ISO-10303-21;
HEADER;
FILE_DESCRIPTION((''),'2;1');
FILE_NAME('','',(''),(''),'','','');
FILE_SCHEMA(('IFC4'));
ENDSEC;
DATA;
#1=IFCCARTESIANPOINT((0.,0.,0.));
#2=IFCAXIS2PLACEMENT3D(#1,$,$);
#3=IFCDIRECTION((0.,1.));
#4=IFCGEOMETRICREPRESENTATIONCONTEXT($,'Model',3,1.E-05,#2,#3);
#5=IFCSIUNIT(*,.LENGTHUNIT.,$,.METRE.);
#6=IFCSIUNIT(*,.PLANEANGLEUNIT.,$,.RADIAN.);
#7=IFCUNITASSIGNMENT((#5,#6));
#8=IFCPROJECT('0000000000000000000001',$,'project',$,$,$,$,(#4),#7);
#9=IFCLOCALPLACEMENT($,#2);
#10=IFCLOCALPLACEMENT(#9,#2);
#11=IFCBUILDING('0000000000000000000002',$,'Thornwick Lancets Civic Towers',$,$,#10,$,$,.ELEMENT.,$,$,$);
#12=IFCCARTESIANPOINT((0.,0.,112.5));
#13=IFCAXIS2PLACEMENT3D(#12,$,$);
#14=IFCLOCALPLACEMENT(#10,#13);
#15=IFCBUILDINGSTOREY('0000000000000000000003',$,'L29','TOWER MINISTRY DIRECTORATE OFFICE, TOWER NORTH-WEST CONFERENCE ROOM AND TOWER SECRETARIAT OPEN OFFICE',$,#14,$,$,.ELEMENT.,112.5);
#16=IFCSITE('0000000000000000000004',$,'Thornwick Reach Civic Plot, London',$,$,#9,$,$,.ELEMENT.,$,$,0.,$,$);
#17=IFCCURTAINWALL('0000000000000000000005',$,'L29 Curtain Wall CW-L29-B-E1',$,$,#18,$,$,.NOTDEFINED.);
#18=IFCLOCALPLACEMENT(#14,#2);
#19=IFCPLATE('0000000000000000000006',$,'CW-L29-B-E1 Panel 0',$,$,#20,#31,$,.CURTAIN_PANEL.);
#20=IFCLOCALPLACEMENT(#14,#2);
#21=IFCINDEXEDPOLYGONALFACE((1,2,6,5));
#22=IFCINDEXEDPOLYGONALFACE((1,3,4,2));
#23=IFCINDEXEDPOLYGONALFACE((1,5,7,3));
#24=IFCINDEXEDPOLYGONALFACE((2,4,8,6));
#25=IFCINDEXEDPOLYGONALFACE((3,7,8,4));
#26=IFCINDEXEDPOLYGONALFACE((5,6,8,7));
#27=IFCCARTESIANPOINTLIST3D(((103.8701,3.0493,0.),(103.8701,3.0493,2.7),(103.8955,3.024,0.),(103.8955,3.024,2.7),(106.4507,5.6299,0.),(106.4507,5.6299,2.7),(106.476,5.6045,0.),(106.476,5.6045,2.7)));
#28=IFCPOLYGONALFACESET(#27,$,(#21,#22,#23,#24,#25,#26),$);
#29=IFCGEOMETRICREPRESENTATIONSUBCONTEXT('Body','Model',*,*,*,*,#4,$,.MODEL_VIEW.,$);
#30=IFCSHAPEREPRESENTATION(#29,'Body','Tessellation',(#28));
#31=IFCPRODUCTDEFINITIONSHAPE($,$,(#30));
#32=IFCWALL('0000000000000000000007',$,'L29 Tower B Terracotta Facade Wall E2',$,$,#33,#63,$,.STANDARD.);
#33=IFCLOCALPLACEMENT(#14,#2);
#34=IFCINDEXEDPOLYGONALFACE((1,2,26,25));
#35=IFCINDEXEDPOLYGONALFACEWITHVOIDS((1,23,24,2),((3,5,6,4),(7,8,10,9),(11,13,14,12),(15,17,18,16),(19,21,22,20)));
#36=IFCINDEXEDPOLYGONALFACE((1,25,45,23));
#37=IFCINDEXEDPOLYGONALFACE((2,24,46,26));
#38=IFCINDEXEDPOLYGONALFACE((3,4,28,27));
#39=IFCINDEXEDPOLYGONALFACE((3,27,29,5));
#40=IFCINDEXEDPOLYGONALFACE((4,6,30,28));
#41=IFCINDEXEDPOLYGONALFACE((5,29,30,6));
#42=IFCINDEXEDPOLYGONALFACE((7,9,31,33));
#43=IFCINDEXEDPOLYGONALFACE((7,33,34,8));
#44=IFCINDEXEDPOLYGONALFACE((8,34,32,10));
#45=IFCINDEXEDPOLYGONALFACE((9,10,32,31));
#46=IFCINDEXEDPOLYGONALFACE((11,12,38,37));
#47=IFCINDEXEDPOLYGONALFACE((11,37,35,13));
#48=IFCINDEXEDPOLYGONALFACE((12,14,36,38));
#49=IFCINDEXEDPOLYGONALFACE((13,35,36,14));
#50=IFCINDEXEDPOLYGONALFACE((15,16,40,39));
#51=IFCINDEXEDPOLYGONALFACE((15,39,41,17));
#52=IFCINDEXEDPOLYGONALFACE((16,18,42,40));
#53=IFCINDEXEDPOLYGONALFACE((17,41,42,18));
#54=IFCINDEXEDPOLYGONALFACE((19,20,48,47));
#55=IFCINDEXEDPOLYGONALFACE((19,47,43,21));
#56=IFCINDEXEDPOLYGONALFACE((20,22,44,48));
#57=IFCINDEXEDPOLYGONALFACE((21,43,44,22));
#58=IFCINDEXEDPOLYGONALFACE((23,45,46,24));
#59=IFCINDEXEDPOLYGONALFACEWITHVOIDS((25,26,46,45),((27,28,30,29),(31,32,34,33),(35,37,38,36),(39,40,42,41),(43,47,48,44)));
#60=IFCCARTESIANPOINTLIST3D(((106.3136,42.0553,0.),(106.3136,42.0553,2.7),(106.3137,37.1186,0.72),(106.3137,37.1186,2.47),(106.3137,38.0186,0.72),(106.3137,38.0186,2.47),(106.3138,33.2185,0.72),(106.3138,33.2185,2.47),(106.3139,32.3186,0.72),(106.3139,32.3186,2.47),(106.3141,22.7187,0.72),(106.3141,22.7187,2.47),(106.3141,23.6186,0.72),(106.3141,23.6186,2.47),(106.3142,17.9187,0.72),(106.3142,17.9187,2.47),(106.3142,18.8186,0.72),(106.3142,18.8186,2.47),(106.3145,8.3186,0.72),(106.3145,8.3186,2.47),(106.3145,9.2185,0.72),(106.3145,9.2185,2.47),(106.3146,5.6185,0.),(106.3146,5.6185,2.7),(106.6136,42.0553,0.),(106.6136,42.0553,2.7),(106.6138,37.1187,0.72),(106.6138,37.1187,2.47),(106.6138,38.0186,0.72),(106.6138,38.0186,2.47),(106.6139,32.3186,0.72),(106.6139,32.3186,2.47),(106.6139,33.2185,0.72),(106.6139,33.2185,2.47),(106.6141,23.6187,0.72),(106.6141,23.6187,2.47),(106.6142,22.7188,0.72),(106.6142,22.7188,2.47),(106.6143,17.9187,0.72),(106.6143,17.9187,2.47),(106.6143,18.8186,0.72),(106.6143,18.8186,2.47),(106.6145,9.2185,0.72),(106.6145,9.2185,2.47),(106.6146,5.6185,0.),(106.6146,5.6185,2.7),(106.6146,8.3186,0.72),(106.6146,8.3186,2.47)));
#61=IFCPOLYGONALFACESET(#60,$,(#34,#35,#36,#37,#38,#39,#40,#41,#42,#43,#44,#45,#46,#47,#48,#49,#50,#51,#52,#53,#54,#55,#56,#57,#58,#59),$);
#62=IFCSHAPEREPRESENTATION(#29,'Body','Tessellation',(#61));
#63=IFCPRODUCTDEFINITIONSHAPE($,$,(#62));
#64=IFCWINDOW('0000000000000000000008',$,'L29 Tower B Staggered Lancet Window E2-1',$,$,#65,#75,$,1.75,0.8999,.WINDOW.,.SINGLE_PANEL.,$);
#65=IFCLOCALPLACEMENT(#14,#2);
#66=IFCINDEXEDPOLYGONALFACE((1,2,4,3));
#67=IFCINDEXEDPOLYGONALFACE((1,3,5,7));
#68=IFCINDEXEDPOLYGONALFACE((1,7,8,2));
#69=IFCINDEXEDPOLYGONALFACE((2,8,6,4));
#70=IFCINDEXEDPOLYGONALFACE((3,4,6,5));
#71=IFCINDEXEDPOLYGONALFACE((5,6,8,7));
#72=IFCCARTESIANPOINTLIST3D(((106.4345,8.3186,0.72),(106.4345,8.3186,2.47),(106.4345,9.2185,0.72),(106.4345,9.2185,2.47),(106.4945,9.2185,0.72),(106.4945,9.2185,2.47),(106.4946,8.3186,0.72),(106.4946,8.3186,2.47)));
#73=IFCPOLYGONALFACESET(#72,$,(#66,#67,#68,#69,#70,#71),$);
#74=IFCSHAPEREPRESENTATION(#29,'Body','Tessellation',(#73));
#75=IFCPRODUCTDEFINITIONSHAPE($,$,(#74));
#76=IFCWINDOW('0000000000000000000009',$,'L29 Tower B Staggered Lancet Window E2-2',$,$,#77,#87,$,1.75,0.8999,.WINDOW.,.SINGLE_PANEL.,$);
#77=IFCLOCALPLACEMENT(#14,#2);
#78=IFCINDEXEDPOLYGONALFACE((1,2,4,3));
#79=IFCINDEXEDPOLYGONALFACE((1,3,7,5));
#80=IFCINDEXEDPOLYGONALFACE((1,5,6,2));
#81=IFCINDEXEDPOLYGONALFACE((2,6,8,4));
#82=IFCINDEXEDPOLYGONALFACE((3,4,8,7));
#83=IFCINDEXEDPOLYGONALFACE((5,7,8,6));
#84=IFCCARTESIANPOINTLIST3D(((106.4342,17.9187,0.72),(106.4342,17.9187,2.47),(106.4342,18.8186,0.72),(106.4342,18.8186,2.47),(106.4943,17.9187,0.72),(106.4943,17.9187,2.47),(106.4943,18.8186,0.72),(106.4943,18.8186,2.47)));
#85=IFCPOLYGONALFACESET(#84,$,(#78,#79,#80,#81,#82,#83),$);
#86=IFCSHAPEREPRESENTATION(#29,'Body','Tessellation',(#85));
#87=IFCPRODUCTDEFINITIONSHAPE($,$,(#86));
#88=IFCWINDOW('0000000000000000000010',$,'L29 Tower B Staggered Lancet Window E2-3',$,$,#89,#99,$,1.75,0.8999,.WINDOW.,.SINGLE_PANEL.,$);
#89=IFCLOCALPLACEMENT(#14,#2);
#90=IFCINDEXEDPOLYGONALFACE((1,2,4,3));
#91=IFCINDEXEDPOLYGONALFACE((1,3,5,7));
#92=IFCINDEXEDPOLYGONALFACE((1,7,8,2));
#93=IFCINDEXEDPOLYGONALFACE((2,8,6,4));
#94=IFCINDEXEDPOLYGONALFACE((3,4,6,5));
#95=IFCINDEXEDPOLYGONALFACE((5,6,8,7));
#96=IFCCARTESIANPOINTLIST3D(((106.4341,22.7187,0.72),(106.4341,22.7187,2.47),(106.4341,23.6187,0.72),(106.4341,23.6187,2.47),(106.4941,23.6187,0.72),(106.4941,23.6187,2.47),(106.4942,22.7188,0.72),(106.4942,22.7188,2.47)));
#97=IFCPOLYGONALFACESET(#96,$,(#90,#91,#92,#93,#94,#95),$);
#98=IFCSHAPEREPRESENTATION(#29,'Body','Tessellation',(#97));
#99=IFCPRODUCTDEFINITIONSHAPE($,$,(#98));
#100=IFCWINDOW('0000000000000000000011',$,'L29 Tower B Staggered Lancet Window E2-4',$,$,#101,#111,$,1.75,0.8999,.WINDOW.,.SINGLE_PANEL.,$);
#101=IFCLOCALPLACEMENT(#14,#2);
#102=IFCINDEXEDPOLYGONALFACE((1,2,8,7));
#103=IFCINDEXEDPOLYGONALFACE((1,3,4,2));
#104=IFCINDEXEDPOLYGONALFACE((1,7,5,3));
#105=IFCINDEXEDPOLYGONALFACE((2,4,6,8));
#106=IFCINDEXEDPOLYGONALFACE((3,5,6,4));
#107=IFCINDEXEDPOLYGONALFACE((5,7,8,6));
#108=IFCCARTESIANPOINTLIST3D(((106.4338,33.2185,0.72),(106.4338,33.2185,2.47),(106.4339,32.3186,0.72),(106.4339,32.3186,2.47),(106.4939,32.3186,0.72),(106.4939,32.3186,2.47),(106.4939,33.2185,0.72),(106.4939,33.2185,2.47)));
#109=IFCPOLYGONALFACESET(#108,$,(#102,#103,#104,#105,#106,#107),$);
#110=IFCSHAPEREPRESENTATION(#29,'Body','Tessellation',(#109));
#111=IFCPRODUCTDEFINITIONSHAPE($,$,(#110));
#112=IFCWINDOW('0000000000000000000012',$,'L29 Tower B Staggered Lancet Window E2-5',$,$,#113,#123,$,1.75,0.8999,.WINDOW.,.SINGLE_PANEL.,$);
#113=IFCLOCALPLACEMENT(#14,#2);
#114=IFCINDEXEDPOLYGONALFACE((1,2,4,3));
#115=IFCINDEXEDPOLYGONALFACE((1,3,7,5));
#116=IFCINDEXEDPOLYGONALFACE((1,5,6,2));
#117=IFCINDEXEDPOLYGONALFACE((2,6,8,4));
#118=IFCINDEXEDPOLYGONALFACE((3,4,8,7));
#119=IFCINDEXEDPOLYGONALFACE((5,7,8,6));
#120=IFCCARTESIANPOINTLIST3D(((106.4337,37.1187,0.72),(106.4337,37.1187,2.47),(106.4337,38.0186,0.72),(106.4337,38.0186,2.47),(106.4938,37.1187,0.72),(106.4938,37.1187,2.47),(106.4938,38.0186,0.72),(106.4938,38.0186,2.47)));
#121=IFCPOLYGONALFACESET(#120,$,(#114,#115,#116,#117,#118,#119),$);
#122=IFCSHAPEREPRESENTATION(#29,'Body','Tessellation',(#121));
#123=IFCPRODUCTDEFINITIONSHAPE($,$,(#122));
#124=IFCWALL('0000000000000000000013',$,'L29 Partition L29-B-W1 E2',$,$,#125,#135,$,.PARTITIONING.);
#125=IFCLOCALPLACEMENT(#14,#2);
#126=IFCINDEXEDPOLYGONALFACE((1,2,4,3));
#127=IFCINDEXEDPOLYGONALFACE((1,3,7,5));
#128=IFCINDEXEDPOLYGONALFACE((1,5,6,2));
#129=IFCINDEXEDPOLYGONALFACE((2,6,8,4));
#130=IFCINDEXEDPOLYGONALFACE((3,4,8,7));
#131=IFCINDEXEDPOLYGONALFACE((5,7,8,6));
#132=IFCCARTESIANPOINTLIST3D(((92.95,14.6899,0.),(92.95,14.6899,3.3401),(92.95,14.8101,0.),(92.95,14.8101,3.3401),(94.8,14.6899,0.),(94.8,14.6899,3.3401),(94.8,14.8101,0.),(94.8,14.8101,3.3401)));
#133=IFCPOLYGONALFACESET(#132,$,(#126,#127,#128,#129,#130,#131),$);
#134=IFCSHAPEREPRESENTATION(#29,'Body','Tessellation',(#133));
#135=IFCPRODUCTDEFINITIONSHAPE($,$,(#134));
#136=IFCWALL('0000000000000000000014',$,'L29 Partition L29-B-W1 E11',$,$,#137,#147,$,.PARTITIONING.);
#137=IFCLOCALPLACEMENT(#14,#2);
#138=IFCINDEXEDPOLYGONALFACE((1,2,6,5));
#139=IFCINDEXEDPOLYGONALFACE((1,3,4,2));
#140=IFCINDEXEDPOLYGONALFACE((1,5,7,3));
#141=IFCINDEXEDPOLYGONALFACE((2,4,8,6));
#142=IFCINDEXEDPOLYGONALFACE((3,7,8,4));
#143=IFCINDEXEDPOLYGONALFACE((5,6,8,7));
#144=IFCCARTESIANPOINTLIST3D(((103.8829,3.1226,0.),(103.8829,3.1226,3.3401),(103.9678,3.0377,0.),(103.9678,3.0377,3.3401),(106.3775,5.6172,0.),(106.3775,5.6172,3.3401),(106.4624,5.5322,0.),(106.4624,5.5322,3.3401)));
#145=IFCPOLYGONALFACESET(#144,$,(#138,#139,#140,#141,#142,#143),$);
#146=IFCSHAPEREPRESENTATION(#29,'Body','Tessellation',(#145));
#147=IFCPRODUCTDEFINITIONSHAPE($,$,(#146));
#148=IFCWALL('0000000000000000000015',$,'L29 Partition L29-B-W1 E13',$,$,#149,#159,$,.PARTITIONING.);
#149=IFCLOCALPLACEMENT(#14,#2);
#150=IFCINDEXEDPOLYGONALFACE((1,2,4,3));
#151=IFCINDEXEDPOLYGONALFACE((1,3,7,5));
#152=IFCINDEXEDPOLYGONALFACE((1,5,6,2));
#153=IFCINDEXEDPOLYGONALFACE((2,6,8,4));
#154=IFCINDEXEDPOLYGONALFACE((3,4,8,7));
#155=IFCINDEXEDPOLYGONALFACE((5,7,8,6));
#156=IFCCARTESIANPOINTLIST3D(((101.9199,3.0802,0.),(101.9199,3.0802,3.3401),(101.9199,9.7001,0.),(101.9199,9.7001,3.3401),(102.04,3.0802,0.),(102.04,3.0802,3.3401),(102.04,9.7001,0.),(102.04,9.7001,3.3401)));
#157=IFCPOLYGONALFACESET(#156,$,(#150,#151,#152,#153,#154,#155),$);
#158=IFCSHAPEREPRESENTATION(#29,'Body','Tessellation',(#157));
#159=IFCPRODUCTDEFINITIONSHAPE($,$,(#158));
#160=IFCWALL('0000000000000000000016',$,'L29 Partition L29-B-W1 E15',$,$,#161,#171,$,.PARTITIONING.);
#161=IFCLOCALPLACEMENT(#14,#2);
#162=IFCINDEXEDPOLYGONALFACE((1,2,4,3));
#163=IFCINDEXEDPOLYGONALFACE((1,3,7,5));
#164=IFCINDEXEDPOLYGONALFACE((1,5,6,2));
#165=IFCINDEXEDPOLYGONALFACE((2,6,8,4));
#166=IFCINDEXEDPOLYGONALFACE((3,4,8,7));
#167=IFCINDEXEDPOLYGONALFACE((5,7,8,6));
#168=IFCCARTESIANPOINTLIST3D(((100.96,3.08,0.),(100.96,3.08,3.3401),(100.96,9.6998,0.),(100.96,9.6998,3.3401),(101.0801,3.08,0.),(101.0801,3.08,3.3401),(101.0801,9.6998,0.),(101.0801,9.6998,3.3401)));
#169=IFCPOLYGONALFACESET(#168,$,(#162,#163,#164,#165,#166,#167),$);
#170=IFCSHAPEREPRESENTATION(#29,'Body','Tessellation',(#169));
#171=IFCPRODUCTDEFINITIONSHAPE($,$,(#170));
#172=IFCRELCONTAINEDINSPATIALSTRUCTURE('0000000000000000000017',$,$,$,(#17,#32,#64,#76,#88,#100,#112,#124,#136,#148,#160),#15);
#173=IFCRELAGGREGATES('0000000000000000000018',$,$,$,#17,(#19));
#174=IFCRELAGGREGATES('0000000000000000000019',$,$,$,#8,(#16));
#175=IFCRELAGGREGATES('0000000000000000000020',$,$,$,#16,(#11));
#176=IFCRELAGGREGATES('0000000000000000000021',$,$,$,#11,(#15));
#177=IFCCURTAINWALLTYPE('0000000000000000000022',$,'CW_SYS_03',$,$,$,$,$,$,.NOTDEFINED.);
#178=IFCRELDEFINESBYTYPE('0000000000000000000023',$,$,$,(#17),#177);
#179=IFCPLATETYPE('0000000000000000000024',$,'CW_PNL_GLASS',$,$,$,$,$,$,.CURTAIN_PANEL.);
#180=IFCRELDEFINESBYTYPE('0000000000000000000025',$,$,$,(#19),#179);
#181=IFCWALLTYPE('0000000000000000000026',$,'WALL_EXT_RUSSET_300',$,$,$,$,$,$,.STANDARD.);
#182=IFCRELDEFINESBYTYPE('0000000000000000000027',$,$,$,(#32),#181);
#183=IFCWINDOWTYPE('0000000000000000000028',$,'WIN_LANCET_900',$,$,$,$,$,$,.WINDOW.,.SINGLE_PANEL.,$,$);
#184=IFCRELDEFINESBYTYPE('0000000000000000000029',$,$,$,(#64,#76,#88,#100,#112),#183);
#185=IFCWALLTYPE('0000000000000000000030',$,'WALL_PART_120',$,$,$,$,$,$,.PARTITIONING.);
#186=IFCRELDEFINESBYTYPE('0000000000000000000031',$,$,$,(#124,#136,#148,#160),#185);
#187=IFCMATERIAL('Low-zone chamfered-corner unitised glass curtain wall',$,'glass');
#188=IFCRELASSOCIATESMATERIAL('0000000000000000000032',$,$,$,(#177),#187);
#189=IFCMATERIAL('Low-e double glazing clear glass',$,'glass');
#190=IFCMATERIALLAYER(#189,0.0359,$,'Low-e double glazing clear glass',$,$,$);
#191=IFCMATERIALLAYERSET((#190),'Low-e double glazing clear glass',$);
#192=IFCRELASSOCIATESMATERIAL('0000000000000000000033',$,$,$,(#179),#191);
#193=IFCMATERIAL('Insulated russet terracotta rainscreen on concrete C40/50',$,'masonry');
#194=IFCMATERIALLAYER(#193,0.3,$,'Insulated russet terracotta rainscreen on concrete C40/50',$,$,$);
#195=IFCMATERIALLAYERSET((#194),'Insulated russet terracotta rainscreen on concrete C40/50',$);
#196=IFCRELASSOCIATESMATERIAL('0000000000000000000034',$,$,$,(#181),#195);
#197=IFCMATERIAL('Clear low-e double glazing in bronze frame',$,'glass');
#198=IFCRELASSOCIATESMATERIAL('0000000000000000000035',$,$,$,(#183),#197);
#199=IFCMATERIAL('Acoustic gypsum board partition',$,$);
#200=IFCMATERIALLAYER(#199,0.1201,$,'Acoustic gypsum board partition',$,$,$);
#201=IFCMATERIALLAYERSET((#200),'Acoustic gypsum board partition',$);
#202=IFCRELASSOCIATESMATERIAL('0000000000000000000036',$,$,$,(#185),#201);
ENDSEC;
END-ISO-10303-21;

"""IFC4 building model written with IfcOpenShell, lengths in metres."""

from ifc_helpers import new_model, si_unit, direction, frame, frame_2d, origin, origin_2d, place, context, subcontext, project, spatial, rectangle, extrude, material, layer, layer_set, type_object, element, fill, aggregate, save


model = new_model("IFC4")

# Units and contexts
model_context = context("Model", 3, precision=1e-05, world=origin(), true_north=direction((0.0, 1.0)))
body_context = subcontext(model_context, "Body", "Model", "MODEL_VIEW")
ifc_project = project(units=[si_unit("LENGTHUNIT", "METRE"), si_unit("PLANEANGLEUNIT", "RADIAN")], contexts=[model_context])

# Site, building, storey
site_placement = place(None, origin())
site = spatial("IfcSite", under=ifc_project, at=site_placement, Name="Thornwick Reach Civic Plot, London", CompositionType="ELEMENT", RefElevation=0.0)
building_placement = place(site_placement, origin())
building = spatial("IfcBuilding", under=site, at=building_placement, Name="Thornwick Lancets Civic Towers", CompositionType="ELEMENT")
storey_placement = place(building_placement, frame((0.0, 0.0, 112.5)))
storey = spatial("IfcBuildingStorey", under=building, at=storey_placement, Name="L29", Description="TOWER MINISTRY DIRECTORATE OFFICE, TOWER NORTH-WEST CONFERENCE ROOM AND TOWER SECRETARIAT OPEN OFFICE", CompositionType="ELEMENT", Elevation=112.5)

# Curtain wall, plate
ifc_material_1 = material(Name="Low-zone chamfered-corner unitised glass curtain wall", Category="glass")
curtain_wall_type = type_object("IfcCurtainWallType", Name="CW_SYS_03", PredefinedType="NOTDEFINED", material=ifc_material_1)
curtain_wall_placement = place(storey_placement, origin())
curtain_wall = element("IfcCurtainWall", 1, at=curtain_wall_placement, inside=storey, type_object=curtain_wall_type, Name="L29 Curtain Wall CW-L29-B-E1", PredefinedType="NOTDEFINED")
ifc_material_2 = material(Name="Low-e double glazing clear glass", Category="glass")
ifc_layer_1 = layer(ifc_material_2, 0.0359, Name="Low-e double glazing clear glass")
ifc_layer_set_1 = layer_set([ifc_layer_1], Name="Low-e double glazing clear glass")
plate_type = type_object("IfcPlateType", Name="CW_PNL_GLASS", PredefinedType="CURTAIN_PANEL", material=ifc_layer_set_1)
plate_placement = place(storey_placement, frame((105.1731, 4.3269, 0.0), z_axis=(0.0, 0.0, 1.0), x_axis=(0.707107, 0.707107, 0.0)))
plate = element("IfcPlate", 2, at=plate_placement, type_object=plate_type, Name="CW-L29-B-E1 Panel 0", PredefinedType="CURTAIN_PANEL", context=body_context, shape_type="SweptSolid", body=[
    extrude(rectangle(XDim=3.6494, YDim=0.0359, at=origin_2d()), origin(), (0.0, 0.0, 1.0), 2.7),
])
aggregate(curtain_wall, [plate])

# Wall, openings, windows
ifc_material_3 = material(Name="Insulated russet terracotta rainscreen on concrete C40/50", Category="masonry")
ifc_layer_2 = layer(ifc_material_3, 0.3, Name="Insulated russet terracotta rainscreen on concrete C40/50")
ifc_layer_set_2 = layer_set([ifc_layer_2], Name="Insulated russet terracotta rainscreen on concrete C40/50")
wall_type_1 = type_object("IfcWallType", Name="WALL_EXT_RUSSET_300", PredefinedType="STANDARD", material=ifc_layer_set_2)
wall_1_placement = place(storey_placement, frame((106.4646, 5.6187, 0.0), z_axis=(0.0, 0.0, 1.0), x_axis=(-0.000027, 1.0, 0.0)))
wall_1 = element("IfcWall", 3, at=wall_1_placement, inside=storey, type_object=wall_type_1, Name="L29 Tower B Terracotta Facade Wall E2", PredefinedType="STANDARD", context=body_context, shape_type="SweptSolid", body=[
    extrude(rectangle(XDim=36.4368, YDim=0.3, at=frame_2d((18.2183, 0.0))), origin(), (0.0, 0.0, 1.0), 2.7),
])
opening_1_placement = place(wall_1_placement, frame((2.7, 0.0, 0.72)))
opening_1 = element("IfcOpeningElement", 4, at=opening_1_placement, cuts=wall_1, PredefinedType="OPENING", context=body_context, shape_type="SweptSolid", body=[
    extrude(rectangle(XDim=0.8999, YDim=1.75, at=frame_2d((0.45, 0.875))), frame((0.0, 0.1602, 0.0), z_axis=(0.0, -1.0, 0.0), x_axis=(1.0, 0.0, 0.0)), (0.0, 0.0, 1.0), 0.3201),
])
opening_2_placement = place(wall_1_placement, frame((12.3, 0.0, 0.72)))
opening_2 = element("IfcOpeningElement", 5, at=opening_2_placement, cuts=wall_1, PredefinedType="OPENING", context=body_context, shape_type="SweptSolid", body=[
    extrude(rectangle(XDim=0.8999, YDim=1.75, at=frame_2d((0.45, 0.875))), frame((0.0, 0.1602, 0.0), z_axis=(0.0, -1.0, 0.0), x_axis=(1.0, 0.0, 0.0)), (0.0, 0.0, 1.0), 0.3201),
])
opening_3_placement = place(wall_1_placement, frame((17.1001, 0.0, 0.72)))
opening_3 = element("IfcOpeningElement", 6, at=opening_3_placement, cuts=wall_1, PredefinedType="OPENING", context=body_context, shape_type="SweptSolid", body=[
    extrude(rectangle(XDim=0.8999, YDim=1.75, at=frame_2d((0.45, 0.875))), frame((0.0, 0.1602, 0.0), z_axis=(0.0, -1.0, 0.0), x_axis=(1.0, 0.0, 0.0)), (0.0, 0.0, 1.0), 0.3201),
])
opening_4_placement = place(wall_1_placement, frame((26.7, 0.0, 0.72)))
opening_4 = element("IfcOpeningElement", 7, at=opening_4_placement, cuts=wall_1, PredefinedType="OPENING", context=body_context, shape_type="SweptSolid", body=[
    extrude(rectangle(XDim=0.8999, YDim=1.75, at=frame_2d((0.45, 0.875))), frame((0.0, 0.1602, 0.0), z_axis=(0.0, -1.0, 0.0), x_axis=(1.0, 0.0, 0.0)), (0.0, 0.0, 1.0), 0.3201),
])
opening_5_placement = place(wall_1_placement, frame((31.5, 0.0, 0.72)))
opening_5 = element("IfcOpeningElement", 8, at=opening_5_placement, cuts=wall_1, PredefinedType="OPENING", context=body_context, shape_type="SweptSolid", body=[
    extrude(rectangle(XDim=0.8999, YDim=1.75, at=frame_2d((0.45, 0.875))), frame((0.0, 0.1602, 0.0), z_axis=(0.0, -1.0, 0.0), x_axis=(1.0, 0.0, 0.0)), (0.0, 0.0, 1.0), 0.3201),
])
ifc_material_4 = material(Name="Clear low-e double glazing in bronze frame", Category="glass")
window_type = type_object("IfcWindowType", Name="WIN_LANCET_900", PartitioningType="SINGLE_PANEL", PredefinedType="WINDOW", material=ifc_material_4)
window_1_placement = place(opening_1_placement, origin())
window_1 = element("IfcWindow", 9, at=window_1_placement, inside=storey, type_object=window_type, Name="L29 Tower B Staggered Lancet Window E2-1", OverallHeight=1.75, OverallWidth=0.8999, PartitioningType="SINGLE_PANEL", PredefinedType="WINDOW", context=body_context, shape_type="SweptSolid", body=[
    extrude(rectangle(XDim=0.8999, YDim=1.75, at=frame_2d((0.45, 0.875))), frame((0.0, 0.03, 0.0), z_axis=(0.0, -1.0, 0.0), x_axis=(1.0, 0.0, 0.0)), (0.0, 0.0, 1.0), 0.0601),
])
fill(opening_1, window_1)
window_2_placement = place(opening_2_placement, origin())
window_2 = element("IfcWindow", 10, at=window_2_placement, inside=storey, type_object=window_type, Name="L29 Tower B Staggered Lancet Window E2-2", OverallHeight=1.75, OverallWidth=0.8999, PartitioningType="SINGLE_PANEL", PredefinedType="WINDOW", context=body_context, shape_type="SweptSolid", body=[
    extrude(rectangle(XDim=0.8999, YDim=1.75, at=frame_2d((0.45, 0.875))), frame((0.0, 0.03, 0.0), z_axis=(0.0, -1.0, 0.0), x_axis=(1.0, 0.0, 0.0)), (0.0, 0.0, 1.0), 0.0601),
])
fill(opening_2, window_2)
window_3_placement = place(opening_3_placement, origin())
window_3 = element("IfcWindow", 11, at=window_3_placement, inside=storey, type_object=window_type, Name="L29 Tower B Staggered Lancet Window E2-3", OverallHeight=1.75, OverallWidth=0.8999, PartitioningType="SINGLE_PANEL", PredefinedType="WINDOW", context=body_context, shape_type="SweptSolid", body=[
    extrude(rectangle(XDim=0.8999, YDim=1.75, at=frame_2d((0.45, 0.875))), frame((0.0, 0.03, 0.0), z_axis=(0.0, -1.0, 0.0), x_axis=(1.0, 0.0, 0.0)), (0.0, 0.0, 1.0), 0.0601),
])
fill(opening_3, window_3)
window_4_placement = place(opening_4_placement, origin())
window_4 = element("IfcWindow", 12, at=window_4_placement, inside=storey, type_object=window_type, Name="L29 Tower B Staggered Lancet Window E2-4", OverallHeight=1.75, OverallWidth=0.8999, PartitioningType="SINGLE_PANEL", PredefinedType="WINDOW", context=body_context, shape_type="SweptSolid", body=[
    extrude(rectangle(XDim=0.8999, YDim=1.75, at=frame_2d((0.45, 0.875))), frame((0.0, 0.03, 0.0), z_axis=(0.0, -1.0, 0.0), x_axis=(1.0, 0.0, 0.0)), (0.0, 0.0, 1.0), 0.0601),
])
fill(opening_4, window_4)
window_5_placement = place(opening_5_placement, origin())
window_5 = element("IfcWindow", 13, at=window_5_placement, inside=storey, type_object=window_type, Name="L29 Tower B Staggered Lancet Window E2-5", OverallHeight=1.75, OverallWidth=0.8999, PartitioningType="SINGLE_PANEL", PredefinedType="WINDOW", context=body_context, shape_type="SweptSolid", body=[
    extrude(rectangle(XDim=0.8999, YDim=1.75, at=frame_2d((0.45, 0.875))), frame((0.0, 0.03, 0.0), z_axis=(0.0, -1.0, 0.0), x_axis=(1.0, 0.0, 0.0)), (0.0, 0.0, 1.0), 0.0601),
])
fill(opening_5, window_5)

# Walls
ifc_material_5 = material(Name="Acoustic gypsum board partition")
ifc_layer_3 = layer(ifc_material_5, 0.1201, Name="Acoustic gypsum board partition")
ifc_layer_set_3 = layer_set([ifc_layer_3], Name="Acoustic gypsum board partition")
wall_type_2 = type_object("IfcWallType", Name="WALL_PART_120", PredefinedType="PARTITIONING", material=ifc_layer_set_3)
wall_2_placement = place(storey_placement, frame((92.95, 14.75, 0.0), z_axis=(0.0, 0.0, 1.0), x_axis=(1.0, 0.0, 0.0)))
element("IfcWall", 14, at=wall_2_placement, inside=storey, type_object=wall_type_2, Name="L29 Partition L29-B-W1 E2", PredefinedType="PARTITIONING", context=body_context, shape_type="SweptSolid", body=[
    extrude(rectangle(XDim=1.8501, YDim=0.1201, at=frame_2d((0.925, 0.0))), origin(), (0.0, 0.0, 1.0), 3.3401),
])
wall_3_placement = place(storey_placement, frame((106.4199, 5.5747, 0.0), z_axis=(0.0, 0.0, 1.0), x_axis=(-0.707107, -0.707107, 0.0)))
element("IfcWall", 15, at=wall_3_placement, inside=storey, type_object=wall_type_2, Name="L29 Partition L29-B-W1 E11", PredefinedType="PARTITIONING", context=body_context, shape_type="SweptSolid", body=[
    extrude(rectangle(XDim=3.5278, YDim=0.1201, at=frame_2d((1.7639, 0.0))), origin(), (0.0, 0.0, 1.0), 3.3401),
])
for number, where, z_axis, x_axis, name in (
    (16, (101.98, 3.0801, 0.0), (0.0, 0.0, 1.0), (0.0, 1.0, 0.0), "L29 Partition L29-B-W1 E13"),
    (17, (101.02, 9.7, 0.0), (0.0, 0.0, 1.0), (0.0, -1.0, 0.0), "L29 Partition L29-B-W1 E15"),
):
    element("IfcWall", number, at=place(storey_placement, frame(where, z_axis=z_axis, x_axis=x_axis)), inside=storey, type_object=wall_type_2, Name=name, PredefinedType="PARTITIONING", context=body_context, shape_type="SweptSolid", body=[
        extrude(rectangle(XDim=6.6199, YDim=0.1201, at=frame_2d((3.3101, 0.0))), origin(), (0.0, 0.0, 1.0), 3.3401),
    ])

save(model, "model.ifc")
